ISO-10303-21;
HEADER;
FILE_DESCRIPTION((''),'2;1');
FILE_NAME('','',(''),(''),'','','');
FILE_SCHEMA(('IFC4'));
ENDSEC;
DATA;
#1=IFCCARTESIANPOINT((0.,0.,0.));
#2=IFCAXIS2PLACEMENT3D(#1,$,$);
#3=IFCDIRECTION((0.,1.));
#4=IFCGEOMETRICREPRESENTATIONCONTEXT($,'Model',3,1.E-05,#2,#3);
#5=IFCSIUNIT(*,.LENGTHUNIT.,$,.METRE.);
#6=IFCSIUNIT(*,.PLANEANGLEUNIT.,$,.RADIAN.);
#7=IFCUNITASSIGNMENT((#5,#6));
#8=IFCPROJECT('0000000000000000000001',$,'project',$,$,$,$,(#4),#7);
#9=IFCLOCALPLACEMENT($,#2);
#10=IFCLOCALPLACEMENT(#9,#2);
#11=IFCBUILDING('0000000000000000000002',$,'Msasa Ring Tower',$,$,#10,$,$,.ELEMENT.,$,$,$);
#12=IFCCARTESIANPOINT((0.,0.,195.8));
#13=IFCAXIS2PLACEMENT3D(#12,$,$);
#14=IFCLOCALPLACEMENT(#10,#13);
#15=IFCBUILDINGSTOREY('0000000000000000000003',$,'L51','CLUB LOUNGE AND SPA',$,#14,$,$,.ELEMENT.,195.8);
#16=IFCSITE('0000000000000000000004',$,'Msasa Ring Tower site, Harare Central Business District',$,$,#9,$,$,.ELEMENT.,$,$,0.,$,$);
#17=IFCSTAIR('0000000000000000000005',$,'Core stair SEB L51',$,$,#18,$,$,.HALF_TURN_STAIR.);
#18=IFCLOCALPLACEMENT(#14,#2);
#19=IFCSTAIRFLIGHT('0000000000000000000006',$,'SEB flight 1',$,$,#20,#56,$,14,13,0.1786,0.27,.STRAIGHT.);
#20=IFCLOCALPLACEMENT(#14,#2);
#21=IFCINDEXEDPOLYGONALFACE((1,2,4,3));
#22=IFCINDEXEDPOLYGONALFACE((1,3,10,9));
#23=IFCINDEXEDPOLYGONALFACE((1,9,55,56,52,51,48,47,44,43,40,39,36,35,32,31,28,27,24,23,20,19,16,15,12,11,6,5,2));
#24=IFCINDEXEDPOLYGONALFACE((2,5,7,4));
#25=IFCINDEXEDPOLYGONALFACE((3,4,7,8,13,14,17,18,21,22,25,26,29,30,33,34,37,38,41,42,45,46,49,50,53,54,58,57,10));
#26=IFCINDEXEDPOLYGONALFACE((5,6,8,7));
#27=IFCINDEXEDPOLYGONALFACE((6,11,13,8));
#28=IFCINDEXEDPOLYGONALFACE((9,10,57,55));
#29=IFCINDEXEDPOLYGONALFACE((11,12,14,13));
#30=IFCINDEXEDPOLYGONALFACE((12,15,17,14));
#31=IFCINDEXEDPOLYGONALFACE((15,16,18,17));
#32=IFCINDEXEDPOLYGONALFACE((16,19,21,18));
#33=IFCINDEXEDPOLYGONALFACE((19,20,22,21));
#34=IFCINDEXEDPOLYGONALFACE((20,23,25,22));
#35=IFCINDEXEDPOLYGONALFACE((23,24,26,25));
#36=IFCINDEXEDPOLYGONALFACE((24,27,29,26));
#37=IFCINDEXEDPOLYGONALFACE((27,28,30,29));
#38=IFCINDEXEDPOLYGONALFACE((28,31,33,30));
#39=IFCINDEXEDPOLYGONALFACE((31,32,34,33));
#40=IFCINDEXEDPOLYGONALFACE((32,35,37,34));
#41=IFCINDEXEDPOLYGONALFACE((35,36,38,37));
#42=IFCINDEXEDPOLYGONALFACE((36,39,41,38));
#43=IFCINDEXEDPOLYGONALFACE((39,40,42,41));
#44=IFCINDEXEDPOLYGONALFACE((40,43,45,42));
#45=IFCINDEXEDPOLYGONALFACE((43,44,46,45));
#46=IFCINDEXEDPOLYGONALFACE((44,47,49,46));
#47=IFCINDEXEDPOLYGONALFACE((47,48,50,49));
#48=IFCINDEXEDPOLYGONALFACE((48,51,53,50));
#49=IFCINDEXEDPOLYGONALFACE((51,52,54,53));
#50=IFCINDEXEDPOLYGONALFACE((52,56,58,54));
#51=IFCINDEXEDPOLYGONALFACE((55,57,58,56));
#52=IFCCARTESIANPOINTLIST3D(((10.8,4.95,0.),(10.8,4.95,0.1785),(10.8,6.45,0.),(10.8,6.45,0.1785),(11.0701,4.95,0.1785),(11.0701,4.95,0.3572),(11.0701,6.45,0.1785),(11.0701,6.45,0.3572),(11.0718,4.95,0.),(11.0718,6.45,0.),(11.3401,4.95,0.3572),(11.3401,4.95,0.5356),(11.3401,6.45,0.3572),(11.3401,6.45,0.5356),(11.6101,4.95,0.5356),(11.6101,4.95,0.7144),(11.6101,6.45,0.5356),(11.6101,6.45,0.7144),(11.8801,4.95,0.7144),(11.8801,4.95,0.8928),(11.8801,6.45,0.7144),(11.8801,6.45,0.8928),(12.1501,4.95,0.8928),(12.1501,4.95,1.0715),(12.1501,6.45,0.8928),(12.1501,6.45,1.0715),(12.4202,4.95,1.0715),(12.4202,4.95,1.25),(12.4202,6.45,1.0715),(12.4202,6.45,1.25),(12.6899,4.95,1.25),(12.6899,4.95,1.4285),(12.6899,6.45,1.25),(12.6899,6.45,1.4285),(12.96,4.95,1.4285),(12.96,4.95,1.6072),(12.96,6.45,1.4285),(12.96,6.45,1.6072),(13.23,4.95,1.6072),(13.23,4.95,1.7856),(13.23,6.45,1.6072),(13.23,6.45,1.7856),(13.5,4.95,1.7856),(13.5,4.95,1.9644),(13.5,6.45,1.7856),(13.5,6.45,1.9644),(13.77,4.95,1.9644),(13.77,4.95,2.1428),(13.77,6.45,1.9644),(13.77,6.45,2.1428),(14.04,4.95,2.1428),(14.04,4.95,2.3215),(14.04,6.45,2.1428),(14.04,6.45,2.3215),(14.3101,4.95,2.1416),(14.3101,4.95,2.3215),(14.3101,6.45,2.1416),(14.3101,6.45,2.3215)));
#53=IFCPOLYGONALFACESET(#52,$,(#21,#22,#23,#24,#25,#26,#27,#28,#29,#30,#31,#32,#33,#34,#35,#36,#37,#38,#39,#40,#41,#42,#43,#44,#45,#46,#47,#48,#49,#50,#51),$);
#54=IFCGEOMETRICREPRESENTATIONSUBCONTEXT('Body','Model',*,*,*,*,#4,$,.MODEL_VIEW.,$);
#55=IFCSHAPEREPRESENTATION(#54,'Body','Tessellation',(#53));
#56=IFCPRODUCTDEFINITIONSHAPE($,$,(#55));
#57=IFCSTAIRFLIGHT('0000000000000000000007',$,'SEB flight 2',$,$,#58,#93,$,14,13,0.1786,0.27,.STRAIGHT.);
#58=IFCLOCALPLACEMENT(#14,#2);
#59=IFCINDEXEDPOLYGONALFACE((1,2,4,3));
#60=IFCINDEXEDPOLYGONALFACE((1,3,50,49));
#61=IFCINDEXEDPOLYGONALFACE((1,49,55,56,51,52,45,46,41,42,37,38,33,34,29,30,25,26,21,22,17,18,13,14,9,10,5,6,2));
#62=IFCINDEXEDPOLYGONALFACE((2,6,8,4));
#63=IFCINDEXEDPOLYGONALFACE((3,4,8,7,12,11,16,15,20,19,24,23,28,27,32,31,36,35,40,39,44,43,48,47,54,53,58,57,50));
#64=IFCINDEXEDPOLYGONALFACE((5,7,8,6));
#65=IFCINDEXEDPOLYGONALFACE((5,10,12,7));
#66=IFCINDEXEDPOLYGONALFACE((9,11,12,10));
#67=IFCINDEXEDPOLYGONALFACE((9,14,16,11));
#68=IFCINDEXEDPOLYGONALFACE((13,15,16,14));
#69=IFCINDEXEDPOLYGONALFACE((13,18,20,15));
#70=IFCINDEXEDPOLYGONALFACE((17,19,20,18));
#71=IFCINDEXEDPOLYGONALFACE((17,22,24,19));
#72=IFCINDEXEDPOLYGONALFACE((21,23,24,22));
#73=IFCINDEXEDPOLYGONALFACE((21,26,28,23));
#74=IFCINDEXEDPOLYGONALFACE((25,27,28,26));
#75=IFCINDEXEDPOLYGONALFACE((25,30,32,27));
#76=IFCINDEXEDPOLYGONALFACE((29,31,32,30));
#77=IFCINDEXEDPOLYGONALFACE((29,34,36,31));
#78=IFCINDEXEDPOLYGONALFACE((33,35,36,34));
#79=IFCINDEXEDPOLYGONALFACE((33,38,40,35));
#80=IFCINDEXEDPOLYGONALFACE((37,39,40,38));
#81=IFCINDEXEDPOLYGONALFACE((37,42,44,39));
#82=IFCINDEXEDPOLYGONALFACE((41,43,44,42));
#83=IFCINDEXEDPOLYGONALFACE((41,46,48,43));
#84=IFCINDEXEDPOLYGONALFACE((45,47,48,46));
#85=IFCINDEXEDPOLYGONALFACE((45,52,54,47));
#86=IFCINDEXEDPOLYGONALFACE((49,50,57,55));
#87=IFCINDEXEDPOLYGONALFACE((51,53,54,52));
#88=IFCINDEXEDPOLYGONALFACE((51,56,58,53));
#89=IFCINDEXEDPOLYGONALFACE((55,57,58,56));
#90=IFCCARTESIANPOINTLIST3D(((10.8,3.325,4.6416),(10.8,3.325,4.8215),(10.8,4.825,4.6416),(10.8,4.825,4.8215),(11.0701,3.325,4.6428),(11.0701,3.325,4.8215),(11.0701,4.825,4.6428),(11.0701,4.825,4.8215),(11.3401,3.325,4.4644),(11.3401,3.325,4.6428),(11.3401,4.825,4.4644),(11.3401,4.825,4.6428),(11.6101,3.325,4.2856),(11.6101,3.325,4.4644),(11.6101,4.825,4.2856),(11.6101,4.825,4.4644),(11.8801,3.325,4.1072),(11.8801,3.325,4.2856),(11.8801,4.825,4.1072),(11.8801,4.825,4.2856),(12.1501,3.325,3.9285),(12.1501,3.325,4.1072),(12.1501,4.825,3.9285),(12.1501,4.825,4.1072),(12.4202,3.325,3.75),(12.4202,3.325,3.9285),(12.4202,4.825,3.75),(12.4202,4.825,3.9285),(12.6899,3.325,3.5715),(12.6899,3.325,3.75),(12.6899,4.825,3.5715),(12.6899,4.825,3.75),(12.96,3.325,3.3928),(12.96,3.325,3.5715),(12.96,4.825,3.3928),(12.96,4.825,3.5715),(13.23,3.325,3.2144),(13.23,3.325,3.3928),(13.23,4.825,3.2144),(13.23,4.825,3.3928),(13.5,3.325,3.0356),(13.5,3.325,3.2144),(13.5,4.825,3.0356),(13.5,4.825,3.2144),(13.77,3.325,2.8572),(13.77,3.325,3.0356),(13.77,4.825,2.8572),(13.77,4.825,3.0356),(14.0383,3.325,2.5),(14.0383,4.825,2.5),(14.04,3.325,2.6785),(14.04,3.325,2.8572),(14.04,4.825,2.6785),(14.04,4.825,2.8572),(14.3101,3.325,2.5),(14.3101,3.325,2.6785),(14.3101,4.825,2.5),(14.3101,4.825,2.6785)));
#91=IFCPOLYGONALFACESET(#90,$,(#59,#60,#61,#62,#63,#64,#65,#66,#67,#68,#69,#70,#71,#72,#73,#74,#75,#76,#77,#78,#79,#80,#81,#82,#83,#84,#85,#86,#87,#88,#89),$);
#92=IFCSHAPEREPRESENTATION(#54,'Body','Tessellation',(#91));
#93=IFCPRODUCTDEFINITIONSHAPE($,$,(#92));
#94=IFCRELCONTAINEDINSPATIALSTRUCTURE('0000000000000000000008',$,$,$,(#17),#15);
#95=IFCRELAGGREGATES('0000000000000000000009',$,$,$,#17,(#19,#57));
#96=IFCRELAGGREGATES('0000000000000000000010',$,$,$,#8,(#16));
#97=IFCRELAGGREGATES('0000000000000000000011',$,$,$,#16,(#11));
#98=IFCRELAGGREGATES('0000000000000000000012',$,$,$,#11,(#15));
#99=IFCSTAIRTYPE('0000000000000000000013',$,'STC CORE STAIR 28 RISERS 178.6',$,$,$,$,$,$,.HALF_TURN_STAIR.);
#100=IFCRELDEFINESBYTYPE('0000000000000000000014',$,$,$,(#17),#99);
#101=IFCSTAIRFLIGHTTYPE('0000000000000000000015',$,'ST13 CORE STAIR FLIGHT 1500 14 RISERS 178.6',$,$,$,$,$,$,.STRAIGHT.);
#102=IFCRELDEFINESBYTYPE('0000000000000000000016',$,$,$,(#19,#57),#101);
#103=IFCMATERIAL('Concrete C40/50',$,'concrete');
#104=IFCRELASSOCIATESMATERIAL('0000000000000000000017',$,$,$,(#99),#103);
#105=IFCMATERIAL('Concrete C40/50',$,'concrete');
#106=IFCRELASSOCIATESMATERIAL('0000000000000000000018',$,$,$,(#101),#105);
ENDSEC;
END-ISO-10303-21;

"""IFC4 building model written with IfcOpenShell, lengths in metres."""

from ifc_helpers import new_model, si_unit, direction, frame, origin, place, context, subcontext, project, spatial, polyline, outline, extrude, material, type_object, element, aggregate, save


model = new_model("IFC4")

# Units and contexts
model_context = context("Model", 3, precision=1e-05, world=origin(), true_north=direction((0.0, 1.0)))
body_context = subcontext(model_context, "Body", "Model", "MODEL_VIEW")
ifc_project = project(units=[si_unit("LENGTHUNIT", "METRE"), si_unit("PLANEANGLEUNIT", "RADIAN")], contexts=[model_context])

# Site, building, storey
site_placement = place(None, origin())
site = spatial("IfcSite", under=ifc_project, at=site_placement, Name="Msasa Ring Tower site, Harare Central Business District", CompositionType="ELEMENT", RefElevation=0.0)
building_placement = place(site_placement, origin())
building = spatial("IfcBuilding", under=site, at=building_placement, Name="Msasa Ring Tower", CompositionType="ELEMENT")
storey_placement = place(building_placement, frame((0.0, 0.0, 195.8)))
storey = spatial("IfcBuildingStorey", under=building, at=storey_placement, Name="L51", Description="CLUB LOUNGE AND SPA", CompositionType="ELEMENT", Elevation=195.8)

# Stair, stair flights
ifc_material_1 = material(Name="Concrete C40/50", Category="concrete")
stair_type = type_object("IfcStairType", Name="STC CORE STAIR 28 RISERS 178.6", PredefinedType="HALF_TURN_STAIR", material=ifc_material_1)
stair_placement = place(storey_placement, origin())
stair = element("IfcStair", 1, at=stair_placement, inside=storey, type_object=stair_type, Name="Core stair SEB L51", PredefinedType="HALF_TURN_STAIR")
ifc_material_2 = material(Name="Concrete C40/50", Category="concrete")
stair_flight_type = type_object("IfcStairFlightType", Name="ST13 CORE STAIR FLIGHT 1500 14 RISERS 178.6", PredefinedType="STRAIGHT", material=ifc_material_2)
stair_flight_1_placement = place(storey_placement, frame((10.8, 5.7, 0.0), z_axis=(0.0, 0.0, 1.0), x_axis=(1.0, 0.0, 0.0)))
stair_flight_1 = element("IfcStairFlight", 2, at=stair_flight_1_placement, type_object=stair_flight_type, Name="SEB flight 1", NumberOfRisers=14, NumberOfTreads=13, PredefinedType="STRAIGHT", RiserHeight=0.1786, TreadLength=0.27, context=body_context, shape_type="SweptSolid", body=[
    extrude(outline(polyline([(0.0, 0.0), (0.0, 0.1785), (0.27, 0.1785), (0.27, 0.3572), (0.54, 0.3572), (0.54, 0.5356), (0.8101, 0.5356), (0.8101, 0.7144), (1.0801, 0.7144), (1.0801, 0.8928), (1.3501, 0.8928), (1.3501, 1.0715), (1.6201, 1.0715), (1.6201, 1.25), (1.8899, 1.25), (1.8899, 1.4285), (2.1599, 1.4285), (2.1599, 1.6072), (2.4299, 1.6072), (2.4299, 1.7856), (2.7, 1.7856), (2.7, 1.9644), (2.97, 1.9644), (2.97, 2.1428), (3.24, 2.1428), (3.24, 2.3215), (3.51, 2.3215), (3.51, 2.5), (3.51, 2.1416), (0.2717, 0.0), (0.0, 0.0)])), frame((0.0, 0.75, 0.0), z_axis=(0.0, -1.0, 0.0), x_axis=(1.0, 0.0, 0.0)), (0.0, 0.0, 1.0), 1.5),
])
stair_flight_2_placement = place(storey_placement, frame((14.3101, 4.075, 2.5), z_axis=(0.0, 0.0, 1.0), x_axis=(-1.0, 0.0, 0.0)))
stair_flight_2 = element("IfcStairFlight", 3, at=stair_flight_2_placement, type_object=stair_flight_type, Name="SEB flight 2", NumberOfRisers=14, NumberOfTreads=13, PredefinedType="STRAIGHT", RiserHeight=0.1786, TreadLength=0.27, context=body_context, shape_type="SweptSolid", body=[
    extrude(outline(polyline([(0.0, 0.0), (0.0, 0.1785), (0.27, 0.1785), (0.27, 0.3572), (0.54, 0.3572), (0.54, 0.5356), (0.8101, 0.5356), (0.8101, 0.7144), (1.0801, 0.7144), (1.0801, 0.8928), (1.3501, 0.8928), (1.3501, 1.0715), (1.6201, 1.0715), (1.6201, 1.25), (1.8899, 1.25), (1.8899, 1.4285), (2.1599, 1.4285), (2.1599, 1.6072), (2.4299, 1.6072), (2.4299, 1.7856), (2.7, 1.7856), (2.7, 1.9644), (2.97, 1.9644), (2.97, 2.1428), (3.24, 2.1428), (3.24, 2.3215), (3.51, 2.3215), (3.51, 2.5), (3.51, 2.1416), (0.2717, 0.0), (0.0, 0.0)])), frame((0.0, 0.75, 0.0), z_axis=(0.0, -1.0, 0.0), x_axis=(1.0, 0.0, 0.0)), (0.0, 0.0, 1.0), 1.5),
])
aggregate(stair, [stair_flight_1, stair_flight_2])

save(model, "model.ifc")
